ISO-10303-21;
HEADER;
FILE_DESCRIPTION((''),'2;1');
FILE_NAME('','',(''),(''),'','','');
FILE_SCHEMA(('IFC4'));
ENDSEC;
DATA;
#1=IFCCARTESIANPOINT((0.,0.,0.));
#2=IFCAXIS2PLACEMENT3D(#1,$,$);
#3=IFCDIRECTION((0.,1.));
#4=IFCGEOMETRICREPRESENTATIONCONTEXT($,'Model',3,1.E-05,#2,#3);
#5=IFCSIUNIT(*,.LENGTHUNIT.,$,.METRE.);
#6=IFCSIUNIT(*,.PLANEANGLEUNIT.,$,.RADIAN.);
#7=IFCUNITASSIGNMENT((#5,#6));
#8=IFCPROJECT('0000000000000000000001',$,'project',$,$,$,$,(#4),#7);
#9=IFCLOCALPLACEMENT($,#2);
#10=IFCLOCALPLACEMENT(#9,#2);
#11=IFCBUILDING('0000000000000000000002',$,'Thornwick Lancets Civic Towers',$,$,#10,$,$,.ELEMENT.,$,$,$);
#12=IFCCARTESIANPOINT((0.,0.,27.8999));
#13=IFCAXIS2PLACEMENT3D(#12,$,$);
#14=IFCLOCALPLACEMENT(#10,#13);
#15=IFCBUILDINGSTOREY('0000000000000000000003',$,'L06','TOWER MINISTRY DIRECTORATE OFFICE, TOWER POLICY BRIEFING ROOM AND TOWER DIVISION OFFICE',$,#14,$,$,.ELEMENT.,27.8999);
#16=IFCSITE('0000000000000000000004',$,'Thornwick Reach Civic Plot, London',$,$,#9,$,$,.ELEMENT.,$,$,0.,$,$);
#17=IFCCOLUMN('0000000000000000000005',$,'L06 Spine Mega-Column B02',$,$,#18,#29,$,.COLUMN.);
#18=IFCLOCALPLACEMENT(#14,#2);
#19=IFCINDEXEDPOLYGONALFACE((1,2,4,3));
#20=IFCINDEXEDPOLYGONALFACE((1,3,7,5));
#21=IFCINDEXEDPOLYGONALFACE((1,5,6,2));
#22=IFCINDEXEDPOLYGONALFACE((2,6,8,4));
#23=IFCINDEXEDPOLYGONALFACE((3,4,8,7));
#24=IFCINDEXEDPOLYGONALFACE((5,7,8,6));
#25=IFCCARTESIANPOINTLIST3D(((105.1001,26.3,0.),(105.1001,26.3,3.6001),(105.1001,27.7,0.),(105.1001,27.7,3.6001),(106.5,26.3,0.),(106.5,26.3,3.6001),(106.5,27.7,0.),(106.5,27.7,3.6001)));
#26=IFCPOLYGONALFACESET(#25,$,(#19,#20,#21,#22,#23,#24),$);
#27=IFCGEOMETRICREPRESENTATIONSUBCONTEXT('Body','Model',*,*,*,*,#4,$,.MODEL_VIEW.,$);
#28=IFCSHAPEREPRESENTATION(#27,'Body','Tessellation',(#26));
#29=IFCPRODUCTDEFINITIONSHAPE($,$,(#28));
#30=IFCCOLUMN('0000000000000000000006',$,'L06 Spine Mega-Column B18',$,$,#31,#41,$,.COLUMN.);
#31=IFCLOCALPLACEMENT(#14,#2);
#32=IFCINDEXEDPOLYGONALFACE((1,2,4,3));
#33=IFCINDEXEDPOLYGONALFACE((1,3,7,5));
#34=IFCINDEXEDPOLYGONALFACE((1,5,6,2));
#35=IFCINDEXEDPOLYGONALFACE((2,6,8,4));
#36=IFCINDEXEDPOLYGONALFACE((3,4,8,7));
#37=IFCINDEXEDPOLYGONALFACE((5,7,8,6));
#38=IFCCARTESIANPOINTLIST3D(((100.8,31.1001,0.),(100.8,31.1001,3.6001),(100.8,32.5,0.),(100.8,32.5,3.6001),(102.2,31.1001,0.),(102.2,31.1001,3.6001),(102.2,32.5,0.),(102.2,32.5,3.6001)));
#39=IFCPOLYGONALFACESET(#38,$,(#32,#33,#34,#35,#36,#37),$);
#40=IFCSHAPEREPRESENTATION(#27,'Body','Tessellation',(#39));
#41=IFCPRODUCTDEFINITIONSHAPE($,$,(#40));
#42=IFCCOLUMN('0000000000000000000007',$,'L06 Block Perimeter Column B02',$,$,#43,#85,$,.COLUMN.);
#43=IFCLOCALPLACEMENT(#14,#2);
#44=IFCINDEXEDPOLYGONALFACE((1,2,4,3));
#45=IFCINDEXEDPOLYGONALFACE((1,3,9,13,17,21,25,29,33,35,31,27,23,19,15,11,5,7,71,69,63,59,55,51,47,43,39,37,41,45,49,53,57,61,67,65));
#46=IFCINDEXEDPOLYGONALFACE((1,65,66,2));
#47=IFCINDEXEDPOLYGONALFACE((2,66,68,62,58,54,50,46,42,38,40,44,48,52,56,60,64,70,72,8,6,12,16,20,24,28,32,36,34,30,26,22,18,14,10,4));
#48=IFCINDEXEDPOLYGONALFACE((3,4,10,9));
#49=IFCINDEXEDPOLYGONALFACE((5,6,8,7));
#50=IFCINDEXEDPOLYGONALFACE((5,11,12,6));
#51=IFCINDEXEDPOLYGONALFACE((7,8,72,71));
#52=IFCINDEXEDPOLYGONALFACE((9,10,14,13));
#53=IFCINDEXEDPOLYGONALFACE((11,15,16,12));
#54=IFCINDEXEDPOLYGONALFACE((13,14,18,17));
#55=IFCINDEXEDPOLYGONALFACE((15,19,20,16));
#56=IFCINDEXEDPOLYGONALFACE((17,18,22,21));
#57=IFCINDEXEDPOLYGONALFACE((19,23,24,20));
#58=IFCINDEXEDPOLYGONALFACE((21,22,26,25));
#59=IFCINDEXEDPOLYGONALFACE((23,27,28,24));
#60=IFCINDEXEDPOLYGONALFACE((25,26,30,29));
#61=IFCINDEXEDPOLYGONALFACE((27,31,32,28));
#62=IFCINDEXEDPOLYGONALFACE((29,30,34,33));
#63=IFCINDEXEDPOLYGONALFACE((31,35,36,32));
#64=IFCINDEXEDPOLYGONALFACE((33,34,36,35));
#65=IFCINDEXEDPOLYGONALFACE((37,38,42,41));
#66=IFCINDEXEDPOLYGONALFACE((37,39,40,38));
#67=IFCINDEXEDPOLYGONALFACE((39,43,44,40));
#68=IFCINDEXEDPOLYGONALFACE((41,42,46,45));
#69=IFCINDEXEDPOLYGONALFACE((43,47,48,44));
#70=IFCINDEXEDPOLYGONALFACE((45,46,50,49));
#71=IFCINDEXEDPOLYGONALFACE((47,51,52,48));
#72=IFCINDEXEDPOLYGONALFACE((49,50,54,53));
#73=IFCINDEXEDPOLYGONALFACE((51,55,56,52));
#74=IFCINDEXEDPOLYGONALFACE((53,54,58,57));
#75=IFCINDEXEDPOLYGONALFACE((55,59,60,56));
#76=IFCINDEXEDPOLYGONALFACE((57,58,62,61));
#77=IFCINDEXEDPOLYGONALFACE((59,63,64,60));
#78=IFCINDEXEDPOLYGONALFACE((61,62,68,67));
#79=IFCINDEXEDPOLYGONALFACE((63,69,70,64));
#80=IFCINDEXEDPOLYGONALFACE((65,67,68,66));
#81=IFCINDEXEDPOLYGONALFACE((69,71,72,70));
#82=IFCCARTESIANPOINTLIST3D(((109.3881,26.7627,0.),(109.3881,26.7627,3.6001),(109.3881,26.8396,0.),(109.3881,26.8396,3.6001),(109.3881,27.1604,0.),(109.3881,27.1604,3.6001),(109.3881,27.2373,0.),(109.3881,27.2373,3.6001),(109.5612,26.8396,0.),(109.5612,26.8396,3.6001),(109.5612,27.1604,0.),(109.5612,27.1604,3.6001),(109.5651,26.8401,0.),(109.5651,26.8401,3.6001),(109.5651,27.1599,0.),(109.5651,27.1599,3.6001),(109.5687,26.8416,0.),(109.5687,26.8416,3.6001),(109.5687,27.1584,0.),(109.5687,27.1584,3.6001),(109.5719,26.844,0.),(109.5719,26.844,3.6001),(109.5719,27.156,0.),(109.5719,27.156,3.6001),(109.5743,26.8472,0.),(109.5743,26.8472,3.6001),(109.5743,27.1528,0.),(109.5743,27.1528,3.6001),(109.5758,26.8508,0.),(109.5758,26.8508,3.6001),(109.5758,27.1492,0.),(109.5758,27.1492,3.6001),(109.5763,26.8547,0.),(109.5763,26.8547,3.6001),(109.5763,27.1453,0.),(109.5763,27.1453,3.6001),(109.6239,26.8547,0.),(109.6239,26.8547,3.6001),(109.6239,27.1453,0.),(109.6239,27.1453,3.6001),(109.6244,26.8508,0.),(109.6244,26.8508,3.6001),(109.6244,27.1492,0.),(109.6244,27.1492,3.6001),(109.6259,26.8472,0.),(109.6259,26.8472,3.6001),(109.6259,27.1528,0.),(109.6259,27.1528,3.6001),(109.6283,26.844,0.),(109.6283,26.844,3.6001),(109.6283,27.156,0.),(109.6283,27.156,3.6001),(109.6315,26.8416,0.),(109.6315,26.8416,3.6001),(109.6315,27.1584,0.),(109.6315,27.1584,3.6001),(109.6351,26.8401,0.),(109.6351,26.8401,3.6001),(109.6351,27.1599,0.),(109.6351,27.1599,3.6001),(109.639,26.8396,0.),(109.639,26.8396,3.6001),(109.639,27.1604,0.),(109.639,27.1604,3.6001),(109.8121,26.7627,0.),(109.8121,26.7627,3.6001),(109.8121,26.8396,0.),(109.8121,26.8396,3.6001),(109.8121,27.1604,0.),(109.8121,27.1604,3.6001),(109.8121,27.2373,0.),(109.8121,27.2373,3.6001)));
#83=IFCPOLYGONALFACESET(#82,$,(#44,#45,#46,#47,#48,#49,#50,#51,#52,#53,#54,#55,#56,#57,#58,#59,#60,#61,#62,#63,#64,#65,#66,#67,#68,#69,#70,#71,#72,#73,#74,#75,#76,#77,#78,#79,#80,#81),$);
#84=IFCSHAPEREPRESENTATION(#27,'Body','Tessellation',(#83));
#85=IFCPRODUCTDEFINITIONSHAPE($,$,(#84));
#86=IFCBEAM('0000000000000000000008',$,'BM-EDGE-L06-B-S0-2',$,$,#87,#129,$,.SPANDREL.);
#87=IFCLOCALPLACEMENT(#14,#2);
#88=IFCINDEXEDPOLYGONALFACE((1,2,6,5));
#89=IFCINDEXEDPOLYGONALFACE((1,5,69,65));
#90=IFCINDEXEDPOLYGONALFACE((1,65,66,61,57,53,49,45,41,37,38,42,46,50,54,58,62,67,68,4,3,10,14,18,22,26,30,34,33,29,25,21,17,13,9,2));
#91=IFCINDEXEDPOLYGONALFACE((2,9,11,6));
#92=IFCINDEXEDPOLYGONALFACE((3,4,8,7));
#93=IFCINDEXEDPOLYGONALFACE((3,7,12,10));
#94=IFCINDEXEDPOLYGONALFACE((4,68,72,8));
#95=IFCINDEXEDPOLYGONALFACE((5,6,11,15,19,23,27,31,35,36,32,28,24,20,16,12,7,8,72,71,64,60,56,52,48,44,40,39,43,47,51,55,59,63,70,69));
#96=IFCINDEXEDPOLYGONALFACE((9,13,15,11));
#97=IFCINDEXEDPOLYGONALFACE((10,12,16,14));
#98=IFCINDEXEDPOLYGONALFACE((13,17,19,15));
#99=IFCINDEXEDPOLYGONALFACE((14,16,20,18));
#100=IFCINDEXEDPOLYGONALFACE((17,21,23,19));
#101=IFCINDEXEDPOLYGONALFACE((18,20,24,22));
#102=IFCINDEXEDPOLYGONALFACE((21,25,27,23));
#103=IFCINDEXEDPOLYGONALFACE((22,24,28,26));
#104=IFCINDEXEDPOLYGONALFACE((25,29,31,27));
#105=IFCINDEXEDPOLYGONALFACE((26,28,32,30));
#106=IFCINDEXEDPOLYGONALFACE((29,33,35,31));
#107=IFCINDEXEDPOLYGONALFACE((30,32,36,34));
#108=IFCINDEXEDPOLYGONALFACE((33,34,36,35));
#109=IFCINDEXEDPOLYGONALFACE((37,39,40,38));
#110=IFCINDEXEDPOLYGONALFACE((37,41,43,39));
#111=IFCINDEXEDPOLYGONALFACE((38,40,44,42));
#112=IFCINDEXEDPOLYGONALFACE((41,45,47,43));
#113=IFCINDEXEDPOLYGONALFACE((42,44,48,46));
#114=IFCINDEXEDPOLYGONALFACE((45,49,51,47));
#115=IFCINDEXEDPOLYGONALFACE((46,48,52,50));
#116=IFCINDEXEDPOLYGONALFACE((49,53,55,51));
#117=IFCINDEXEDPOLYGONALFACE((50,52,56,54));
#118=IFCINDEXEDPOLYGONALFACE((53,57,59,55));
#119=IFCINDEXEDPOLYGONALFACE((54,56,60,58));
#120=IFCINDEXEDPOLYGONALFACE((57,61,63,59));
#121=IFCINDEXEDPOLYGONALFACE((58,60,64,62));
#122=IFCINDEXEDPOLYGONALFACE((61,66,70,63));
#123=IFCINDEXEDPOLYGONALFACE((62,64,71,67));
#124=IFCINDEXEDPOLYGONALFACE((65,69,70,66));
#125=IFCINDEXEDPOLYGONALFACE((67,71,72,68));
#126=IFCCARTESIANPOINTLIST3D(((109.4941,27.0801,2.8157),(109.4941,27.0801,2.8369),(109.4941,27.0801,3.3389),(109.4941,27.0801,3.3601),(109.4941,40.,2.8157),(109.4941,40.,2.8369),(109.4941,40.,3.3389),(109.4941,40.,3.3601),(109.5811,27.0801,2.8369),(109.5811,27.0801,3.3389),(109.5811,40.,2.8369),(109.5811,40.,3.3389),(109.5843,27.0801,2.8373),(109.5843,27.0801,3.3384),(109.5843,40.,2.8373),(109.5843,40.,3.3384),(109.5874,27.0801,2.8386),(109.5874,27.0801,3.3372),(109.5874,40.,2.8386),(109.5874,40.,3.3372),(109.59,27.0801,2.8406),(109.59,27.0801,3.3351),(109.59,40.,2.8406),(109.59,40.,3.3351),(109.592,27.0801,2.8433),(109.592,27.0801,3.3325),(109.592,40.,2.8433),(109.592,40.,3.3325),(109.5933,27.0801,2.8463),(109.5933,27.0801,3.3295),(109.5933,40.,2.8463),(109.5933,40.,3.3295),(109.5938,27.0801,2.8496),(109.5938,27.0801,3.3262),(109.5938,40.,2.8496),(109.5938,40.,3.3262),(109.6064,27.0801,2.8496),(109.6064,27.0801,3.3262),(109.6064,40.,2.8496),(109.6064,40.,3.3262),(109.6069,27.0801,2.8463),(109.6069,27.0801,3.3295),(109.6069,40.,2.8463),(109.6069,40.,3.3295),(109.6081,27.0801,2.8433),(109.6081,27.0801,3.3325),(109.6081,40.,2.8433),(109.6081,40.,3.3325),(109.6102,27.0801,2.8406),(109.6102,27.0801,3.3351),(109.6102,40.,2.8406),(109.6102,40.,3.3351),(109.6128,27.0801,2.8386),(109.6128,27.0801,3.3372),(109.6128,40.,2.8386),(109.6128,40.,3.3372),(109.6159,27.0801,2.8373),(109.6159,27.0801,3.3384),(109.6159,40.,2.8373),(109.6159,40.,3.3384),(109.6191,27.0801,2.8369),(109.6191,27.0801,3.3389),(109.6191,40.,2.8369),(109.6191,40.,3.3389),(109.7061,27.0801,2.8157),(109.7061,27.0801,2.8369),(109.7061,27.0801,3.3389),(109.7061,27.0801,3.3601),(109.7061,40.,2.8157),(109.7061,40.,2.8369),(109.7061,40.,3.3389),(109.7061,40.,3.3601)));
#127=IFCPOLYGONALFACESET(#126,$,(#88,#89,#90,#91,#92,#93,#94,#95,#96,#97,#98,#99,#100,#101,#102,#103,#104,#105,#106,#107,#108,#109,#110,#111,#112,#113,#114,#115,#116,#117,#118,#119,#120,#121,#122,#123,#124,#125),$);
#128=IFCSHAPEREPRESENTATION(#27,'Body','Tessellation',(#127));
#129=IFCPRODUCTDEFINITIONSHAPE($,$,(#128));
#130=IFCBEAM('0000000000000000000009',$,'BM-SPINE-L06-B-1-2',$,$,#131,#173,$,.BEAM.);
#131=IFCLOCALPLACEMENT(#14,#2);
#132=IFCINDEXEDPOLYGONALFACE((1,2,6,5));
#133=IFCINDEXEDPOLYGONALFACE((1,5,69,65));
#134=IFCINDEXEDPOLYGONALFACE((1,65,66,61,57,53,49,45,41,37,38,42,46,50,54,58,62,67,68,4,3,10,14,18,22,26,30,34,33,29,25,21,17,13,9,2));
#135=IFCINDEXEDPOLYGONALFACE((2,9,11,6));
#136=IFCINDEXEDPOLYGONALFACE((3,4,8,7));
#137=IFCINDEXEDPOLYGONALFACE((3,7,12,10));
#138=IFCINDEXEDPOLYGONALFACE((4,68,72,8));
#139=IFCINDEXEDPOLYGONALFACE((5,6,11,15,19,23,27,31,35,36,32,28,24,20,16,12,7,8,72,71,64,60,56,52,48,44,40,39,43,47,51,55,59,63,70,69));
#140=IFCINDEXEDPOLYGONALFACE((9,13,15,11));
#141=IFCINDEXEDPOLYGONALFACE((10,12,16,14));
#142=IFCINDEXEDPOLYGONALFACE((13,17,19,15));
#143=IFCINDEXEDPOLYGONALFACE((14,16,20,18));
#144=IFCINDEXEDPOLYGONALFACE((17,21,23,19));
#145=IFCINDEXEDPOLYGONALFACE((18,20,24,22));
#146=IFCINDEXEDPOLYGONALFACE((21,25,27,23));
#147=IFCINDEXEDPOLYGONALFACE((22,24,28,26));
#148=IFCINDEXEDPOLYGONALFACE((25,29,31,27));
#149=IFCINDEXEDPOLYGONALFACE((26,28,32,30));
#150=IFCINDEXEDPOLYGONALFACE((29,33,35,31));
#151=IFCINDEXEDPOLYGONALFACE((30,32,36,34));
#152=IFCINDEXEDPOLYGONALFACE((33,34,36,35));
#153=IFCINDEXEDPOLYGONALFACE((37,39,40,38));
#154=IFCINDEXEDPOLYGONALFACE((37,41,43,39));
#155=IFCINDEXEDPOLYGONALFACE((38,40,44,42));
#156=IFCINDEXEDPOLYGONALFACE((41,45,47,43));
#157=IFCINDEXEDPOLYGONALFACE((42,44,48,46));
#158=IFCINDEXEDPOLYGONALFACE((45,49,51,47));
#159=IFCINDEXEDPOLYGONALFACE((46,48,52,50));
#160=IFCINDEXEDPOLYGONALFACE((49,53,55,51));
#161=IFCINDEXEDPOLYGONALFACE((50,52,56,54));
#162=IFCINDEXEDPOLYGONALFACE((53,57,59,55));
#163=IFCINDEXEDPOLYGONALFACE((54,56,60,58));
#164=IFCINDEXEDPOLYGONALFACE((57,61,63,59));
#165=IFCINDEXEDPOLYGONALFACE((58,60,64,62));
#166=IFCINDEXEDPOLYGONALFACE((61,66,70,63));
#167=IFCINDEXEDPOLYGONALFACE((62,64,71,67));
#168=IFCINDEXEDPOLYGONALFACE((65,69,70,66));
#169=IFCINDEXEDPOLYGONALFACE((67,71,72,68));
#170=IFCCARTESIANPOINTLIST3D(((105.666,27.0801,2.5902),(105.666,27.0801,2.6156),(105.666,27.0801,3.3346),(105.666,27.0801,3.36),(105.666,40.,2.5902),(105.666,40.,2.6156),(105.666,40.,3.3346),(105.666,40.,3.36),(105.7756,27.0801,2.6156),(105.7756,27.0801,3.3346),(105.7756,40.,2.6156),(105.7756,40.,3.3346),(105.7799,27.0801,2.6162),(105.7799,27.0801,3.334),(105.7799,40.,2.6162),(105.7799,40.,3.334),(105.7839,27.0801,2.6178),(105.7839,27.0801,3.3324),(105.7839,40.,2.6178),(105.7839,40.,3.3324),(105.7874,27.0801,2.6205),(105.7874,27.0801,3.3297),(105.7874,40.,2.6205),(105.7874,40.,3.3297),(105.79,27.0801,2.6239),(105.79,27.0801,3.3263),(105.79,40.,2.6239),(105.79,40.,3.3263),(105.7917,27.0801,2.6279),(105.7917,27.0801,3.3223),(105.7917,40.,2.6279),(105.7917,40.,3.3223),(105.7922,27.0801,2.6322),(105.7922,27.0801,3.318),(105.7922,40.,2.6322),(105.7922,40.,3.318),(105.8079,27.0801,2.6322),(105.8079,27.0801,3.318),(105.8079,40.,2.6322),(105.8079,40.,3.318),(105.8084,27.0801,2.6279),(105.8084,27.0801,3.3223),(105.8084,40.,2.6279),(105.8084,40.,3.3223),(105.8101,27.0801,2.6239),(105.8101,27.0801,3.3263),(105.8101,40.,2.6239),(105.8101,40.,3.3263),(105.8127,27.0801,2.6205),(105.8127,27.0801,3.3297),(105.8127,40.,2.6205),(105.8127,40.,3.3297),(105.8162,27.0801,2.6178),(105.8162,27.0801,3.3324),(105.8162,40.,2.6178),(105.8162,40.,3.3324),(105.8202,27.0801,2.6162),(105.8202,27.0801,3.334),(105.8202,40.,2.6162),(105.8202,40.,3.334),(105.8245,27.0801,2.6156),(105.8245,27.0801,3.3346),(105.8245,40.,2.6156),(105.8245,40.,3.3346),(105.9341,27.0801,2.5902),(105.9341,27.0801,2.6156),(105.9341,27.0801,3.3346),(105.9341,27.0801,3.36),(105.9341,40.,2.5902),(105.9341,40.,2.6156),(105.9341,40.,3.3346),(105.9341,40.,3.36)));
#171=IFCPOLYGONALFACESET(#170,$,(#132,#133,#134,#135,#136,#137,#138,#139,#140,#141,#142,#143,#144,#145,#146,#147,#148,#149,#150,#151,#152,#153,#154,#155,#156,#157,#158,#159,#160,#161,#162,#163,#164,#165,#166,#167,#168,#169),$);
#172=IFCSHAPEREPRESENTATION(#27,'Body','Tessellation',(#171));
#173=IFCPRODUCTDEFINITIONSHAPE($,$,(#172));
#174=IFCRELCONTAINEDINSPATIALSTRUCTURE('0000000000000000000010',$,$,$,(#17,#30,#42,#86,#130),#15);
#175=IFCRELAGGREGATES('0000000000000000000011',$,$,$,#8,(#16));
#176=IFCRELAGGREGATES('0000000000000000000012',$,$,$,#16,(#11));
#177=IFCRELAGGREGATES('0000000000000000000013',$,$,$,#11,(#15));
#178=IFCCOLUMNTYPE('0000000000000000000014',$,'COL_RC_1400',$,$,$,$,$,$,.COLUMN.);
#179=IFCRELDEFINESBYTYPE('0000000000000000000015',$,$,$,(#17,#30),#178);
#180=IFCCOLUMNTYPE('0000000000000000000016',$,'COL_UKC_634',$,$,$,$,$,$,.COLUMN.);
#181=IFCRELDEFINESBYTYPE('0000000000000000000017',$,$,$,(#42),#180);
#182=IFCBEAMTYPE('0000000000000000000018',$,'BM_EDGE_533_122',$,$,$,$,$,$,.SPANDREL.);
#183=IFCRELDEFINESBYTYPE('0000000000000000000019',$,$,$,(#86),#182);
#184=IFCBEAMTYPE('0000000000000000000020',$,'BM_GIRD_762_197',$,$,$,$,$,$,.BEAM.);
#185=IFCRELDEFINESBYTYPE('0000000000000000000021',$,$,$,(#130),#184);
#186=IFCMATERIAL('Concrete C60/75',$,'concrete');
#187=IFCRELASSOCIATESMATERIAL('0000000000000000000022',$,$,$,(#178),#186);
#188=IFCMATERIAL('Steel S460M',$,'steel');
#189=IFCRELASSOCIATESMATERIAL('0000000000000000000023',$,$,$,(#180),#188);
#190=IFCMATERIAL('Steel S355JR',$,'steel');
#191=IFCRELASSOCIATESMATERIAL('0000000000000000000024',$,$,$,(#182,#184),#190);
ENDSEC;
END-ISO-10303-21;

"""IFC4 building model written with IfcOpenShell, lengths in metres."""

from ifc_helpers import new_model, si_unit, direction, frame, origin, origin_2d, place, context, subcontext, project, spatial, rectangle, i_section, extrude, material, material_profile, profile_set, type_object, element, save


model = new_model("IFC4")

# Units and contexts
model_context = context("Model", 3, precision=1e-05, world=origin(), true_north=direction((0.0, 1.0)))
body_context = subcontext(model_context, "Body", "Model", "MODEL_VIEW")
ifc_project = project(units=[si_unit("LENGTHUNIT", "METRE"), si_unit("PLANEANGLEUNIT", "RADIAN")], contexts=[model_context])

# Site, building, storey
site_placement = place(None, origin())
site = spatial("IfcSite", under=ifc_project, at=site_placement, Name="Thornwick Reach Civic Plot, London", CompositionType="ELEMENT", RefElevation=0.0)
building_placement = place(site_placement, origin())
building = spatial("IfcBuilding", under=site, at=building_placement, Name="Thornwick Lancets Civic Towers", CompositionType="ELEMENT")
storey_placement = place(building_placement, frame((0.0, 0.0, 27.8999)))
storey = spatial("IfcBuildingStorey", under=building, at=storey_placement, Name="L06", Description="TOWER MINISTRY DIRECTORATE OFFICE, TOWER POLICY BRIEFING ROOM AND TOWER DIVISION OFFICE", CompositionType="ELEMENT", Elevation=27.8999)

# Columns
ifc_material_1 = material(Name="Concrete C60/75", Category="concrete")
ifc_material_profile_1 = material_profile(ifc_material_1, rectangle(XDim=1.3999, YDim=1.3999, at=origin_2d()), Name="RC 1400x1400")
ifc_profile_set_1 = profile_set([ifc_material_profile_1], Name="Concrete C60/75")
column_type_1 = type_object("IfcColumnType", Name="COL_RC_1400", PredefinedType="COLUMN", material=ifc_profile_set_1)
for number, where, z_axis, x_axis, name in (
    (1, (105.8, 27.0, 0.0), (0.0, 0.0, 1.0), (1.0, 0.0, 0.0), "L06 Spine Mega-Column B02"),
    (2, (101.5, 31.8, 0.0), (0.0, 0.0, 1.0), (1.0, 0.0, 0.0), "L06 Spine Mega-Column B18"),
):
    element("IfcColumn", number, at=place(storey_placement, frame(where, z_axis=z_axis, x_axis=x_axis)), inside=storey, type_object=column_type_1, Name=name, PredefinedType="COLUMN", context=body_context, shape_type="SweptSolid", body=[
        extrude(rectangle(XDim=1.3999, YDim=1.3999, at=origin_2d()), origin(), (0.0, 0.0, 1.0), 3.6001),
    ])
ifc_material_2 = material(Name="Steel S460M", Category="steel")
ifc_material_profile_2 = material_profile(ifc_material_2, i_section(OverallWidth=0.4241, OverallDepth=0.4746, WebThickness=0.0476, FlangeThickness=0.0769, FilletRadius=0.0151, at=origin_2d()), Name="UKC 356x406x634")
ifc_profile_set_2 = profile_set([ifc_material_profile_2], Name="Steel S460M")
column_type_2 = type_object("IfcColumnType", Name="COL_UKC_634", PredefinedType="COLUMN", material=ifc_profile_set_2)
column_placement = place(storey_placement, frame((109.6001, 27.0, 0.0), z_axis=(0.0, 0.0, 1.0), x_axis=(1.0, 0.0, 0.0)))
element("IfcColumn", 3, at=column_placement, inside=storey, type_object=column_type_2, Name="L06 Block Perimeter Column B02", PredefinedType="COLUMN", context=body_context, shape_type="SweptSolid", body=[
    extrude(i_section(OverallWidth=0.4241, OverallDepth=0.4746, WebThickness=0.0476, FlangeThickness=0.0769, FilletRadius=0.0151, at=origin_2d()), origin(), (0.0, 0.0, 1.0), 3.6001),
])

# Beams
ifc_material_3 = material(Name="Steel S355JR", Category="steel")
ifc_material_profile_3 = material_profile(ifc_material_3, i_section(OverallWidth=0.2119, OverallDepth=0.5444, WebThickness=0.0127, FlangeThickness=0.0212, FilletRadius=0.0127, at=origin_2d()), Name="UKB 533x210x122")
ifc_profile_set_3 = profile_set([ifc_material_profile_3], Name="Steel S355JR")
beam_type_1 = type_object("IfcBeamType", Name="BM_EDGE_533_122", PredefinedType="SPANDREL", material=ifc_profile_set_3)
beam_1_placement = place(storey_placement, frame((109.6001, 27.0801, 3.0879), z_axis=(0.0, 1.0, 0.0), x_axis=(-1.0, 0.0, 0.0)))
element("IfcBeam", 4, at=beam_1_placement, inside=storey, type_object=beam_type_1, Name="BM-EDGE-L06-B-S0-2", PredefinedType="SPANDREL", context=body_context, shape_type="SweptSolid", body=[
    extrude(i_section(OverallWidth=0.2119, OverallDepth=0.5444, WebThickness=0.0127, FlangeThickness=0.0212, FilletRadius=0.0127, at=origin_2d()), origin(), (0.0, 0.0, 1.0), 12.9199),
])
ifc_material_profile_4 = material_profile(ifc_material_3, i_section(OverallWidth=0.2681, OverallDepth=0.7698, WebThickness=0.0156, FlangeThickness=0.0254, FilletRadius=0.0166, at=origin_2d()), Name="UKB 762x267x197")
ifc_profile_set_4 = profile_set([ifc_material_profile_4], Name="Steel S355JR")
beam_type_2 = type_object("IfcBeamType", Name="BM_GIRD_762_197", PredefinedType="BEAM", material=ifc_profile_set_4)
beam_2_placement = place(storey_placement, frame((105.8, 27.0801, 2.9751), z_axis=(0.0, 1.0, 0.0), x_axis=(-1.0, 0.0, 0.0)))
element("IfcBeam", 5, at=beam_2_placement, inside=storey, type_object=beam_type_2, Name="BM-SPINE-L06-B-1-2", PredefinedType="BEAM", context=body_context, shape_type="SweptSolid", body=[
    extrude(i_section(OverallWidth=0.2681, OverallDepth=0.7698, WebThickness=0.0156, FlangeThickness=0.0254, FilletRadius=0.0166, at=origin_2d()), origin(), (0.0, 0.0, 1.0), 12.9199),
])

save(model, "model.ifc")
